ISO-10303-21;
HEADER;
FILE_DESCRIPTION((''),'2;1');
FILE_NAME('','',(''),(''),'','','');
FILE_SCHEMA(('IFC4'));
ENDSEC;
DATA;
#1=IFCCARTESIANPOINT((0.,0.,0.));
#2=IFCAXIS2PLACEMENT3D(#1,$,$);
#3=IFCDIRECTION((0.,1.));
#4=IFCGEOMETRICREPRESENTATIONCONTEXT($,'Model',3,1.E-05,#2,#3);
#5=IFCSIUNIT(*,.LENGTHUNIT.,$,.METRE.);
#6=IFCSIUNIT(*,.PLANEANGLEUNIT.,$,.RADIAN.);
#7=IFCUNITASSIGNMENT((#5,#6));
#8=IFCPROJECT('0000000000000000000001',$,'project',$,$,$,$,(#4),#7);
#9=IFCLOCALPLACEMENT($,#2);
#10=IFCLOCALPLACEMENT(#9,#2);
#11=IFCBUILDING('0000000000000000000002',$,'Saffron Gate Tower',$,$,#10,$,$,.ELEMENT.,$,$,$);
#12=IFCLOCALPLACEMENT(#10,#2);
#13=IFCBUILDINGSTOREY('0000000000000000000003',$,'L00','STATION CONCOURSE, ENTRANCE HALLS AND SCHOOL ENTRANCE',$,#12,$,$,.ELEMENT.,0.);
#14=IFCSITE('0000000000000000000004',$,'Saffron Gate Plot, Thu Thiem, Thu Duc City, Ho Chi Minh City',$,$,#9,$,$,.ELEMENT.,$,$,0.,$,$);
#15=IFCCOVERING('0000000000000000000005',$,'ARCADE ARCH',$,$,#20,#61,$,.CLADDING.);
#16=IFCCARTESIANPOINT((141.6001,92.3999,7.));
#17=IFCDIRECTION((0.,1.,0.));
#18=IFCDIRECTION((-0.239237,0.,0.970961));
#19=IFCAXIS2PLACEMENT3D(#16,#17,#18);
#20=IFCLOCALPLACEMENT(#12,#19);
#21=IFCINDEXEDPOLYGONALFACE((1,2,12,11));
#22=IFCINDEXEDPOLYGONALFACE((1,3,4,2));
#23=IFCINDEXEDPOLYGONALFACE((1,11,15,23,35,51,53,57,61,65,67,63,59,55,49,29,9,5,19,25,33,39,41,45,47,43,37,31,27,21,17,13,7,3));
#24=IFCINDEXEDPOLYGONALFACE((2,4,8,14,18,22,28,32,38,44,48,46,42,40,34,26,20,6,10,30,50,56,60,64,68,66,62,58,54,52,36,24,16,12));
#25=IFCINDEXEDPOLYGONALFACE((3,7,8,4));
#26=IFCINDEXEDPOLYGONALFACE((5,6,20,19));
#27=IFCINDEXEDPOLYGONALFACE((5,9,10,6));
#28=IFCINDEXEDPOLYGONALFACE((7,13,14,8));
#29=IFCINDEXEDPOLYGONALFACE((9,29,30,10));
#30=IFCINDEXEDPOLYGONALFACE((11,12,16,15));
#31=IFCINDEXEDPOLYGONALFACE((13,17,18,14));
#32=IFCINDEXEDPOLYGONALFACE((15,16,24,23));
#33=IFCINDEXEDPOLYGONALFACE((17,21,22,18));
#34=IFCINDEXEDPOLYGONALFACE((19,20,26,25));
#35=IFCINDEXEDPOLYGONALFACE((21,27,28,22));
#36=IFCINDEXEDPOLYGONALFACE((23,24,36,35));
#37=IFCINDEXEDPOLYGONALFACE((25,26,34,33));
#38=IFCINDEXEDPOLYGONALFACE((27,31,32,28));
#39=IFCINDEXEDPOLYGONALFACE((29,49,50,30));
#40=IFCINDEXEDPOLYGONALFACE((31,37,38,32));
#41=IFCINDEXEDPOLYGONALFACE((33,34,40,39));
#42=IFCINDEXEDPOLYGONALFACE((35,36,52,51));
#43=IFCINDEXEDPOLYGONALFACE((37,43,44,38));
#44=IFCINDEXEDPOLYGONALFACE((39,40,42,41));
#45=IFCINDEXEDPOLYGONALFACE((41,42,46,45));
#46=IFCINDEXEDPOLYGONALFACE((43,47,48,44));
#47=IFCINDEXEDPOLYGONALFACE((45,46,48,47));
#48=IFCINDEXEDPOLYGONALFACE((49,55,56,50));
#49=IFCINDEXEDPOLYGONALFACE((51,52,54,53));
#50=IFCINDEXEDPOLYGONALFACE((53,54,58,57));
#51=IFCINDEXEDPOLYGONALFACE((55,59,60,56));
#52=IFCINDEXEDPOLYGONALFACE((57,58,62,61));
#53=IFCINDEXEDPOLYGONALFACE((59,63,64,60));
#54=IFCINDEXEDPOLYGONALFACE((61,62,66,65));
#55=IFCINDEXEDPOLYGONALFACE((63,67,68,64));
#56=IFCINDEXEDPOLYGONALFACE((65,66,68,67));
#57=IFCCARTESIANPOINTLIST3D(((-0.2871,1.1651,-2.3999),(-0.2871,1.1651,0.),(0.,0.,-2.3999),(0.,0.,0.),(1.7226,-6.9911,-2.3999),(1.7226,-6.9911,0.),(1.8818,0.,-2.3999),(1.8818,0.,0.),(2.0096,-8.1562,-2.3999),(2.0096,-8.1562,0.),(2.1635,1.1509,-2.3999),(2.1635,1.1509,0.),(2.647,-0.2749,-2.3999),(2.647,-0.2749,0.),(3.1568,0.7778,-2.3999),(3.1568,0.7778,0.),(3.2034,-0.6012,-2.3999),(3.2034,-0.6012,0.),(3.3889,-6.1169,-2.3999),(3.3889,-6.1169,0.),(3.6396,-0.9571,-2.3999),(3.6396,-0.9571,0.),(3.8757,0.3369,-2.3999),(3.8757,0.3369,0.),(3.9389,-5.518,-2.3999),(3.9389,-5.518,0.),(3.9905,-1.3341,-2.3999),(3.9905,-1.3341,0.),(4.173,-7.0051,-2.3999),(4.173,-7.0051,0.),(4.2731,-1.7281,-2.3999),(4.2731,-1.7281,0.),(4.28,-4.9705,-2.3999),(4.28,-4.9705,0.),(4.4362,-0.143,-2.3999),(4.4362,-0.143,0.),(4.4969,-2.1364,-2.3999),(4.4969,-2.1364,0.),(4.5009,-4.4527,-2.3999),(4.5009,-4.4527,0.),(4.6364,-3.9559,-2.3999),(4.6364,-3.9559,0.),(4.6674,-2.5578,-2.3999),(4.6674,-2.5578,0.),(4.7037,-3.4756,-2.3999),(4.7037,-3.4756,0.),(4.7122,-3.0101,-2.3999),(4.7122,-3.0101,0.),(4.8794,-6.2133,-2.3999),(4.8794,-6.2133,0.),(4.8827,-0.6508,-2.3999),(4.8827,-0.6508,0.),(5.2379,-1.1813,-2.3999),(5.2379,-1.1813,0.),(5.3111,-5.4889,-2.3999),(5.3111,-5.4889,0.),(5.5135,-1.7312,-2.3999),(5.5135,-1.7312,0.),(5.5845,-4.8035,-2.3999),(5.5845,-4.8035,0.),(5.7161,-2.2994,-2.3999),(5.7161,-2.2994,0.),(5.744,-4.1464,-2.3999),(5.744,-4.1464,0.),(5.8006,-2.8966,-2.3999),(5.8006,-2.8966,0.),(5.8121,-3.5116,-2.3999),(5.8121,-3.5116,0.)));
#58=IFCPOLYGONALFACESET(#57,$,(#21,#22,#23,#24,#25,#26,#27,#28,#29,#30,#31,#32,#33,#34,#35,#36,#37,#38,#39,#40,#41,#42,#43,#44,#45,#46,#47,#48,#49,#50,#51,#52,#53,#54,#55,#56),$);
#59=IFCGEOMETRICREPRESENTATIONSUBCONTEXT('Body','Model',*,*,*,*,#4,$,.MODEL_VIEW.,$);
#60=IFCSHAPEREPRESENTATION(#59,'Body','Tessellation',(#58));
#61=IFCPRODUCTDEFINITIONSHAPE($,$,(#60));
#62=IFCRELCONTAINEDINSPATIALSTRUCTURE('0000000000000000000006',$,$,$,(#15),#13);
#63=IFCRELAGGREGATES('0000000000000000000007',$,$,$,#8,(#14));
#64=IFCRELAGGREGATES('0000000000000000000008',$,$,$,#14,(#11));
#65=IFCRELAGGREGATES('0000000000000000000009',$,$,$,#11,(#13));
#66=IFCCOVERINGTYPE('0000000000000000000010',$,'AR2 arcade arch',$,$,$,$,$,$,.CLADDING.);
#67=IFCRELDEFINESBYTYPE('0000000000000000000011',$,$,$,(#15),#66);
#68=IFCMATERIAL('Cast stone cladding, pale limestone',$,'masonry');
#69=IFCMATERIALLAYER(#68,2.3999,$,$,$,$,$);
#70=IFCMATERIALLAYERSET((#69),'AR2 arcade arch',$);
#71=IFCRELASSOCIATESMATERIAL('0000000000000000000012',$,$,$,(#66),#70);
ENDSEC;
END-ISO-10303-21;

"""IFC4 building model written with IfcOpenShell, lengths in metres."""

from ifc_helpers import new_model, si_unit, direction, frame, origin, place, context, subcontext, project, spatial, polyline, outline, extrude, material, layer, layer_set, type_object, element, save


model = new_model("IFC4")

# Units and contexts
model_context = context("Model", 3, precision=1e-05, world=origin(), true_north=direction((0.0, 1.0)))
body_context = subcontext(model_context, "Body", "Model", "MODEL_VIEW")
ifc_project = project(units=[si_unit("LENGTHUNIT", "METRE"), si_unit("PLANEANGLEUNIT", "RADIAN")], contexts=[model_context])

# Site, building, storey
site_placement = place(None, origin())
site = spatial("IfcSite", under=ifc_project, at=site_placement, Name="Saffron Gate Plot, Thu Thiem, Thu Duc City, Ho Chi Minh City", CompositionType="ELEMENT", RefElevation=0.0)
building_placement = place(site_placement, origin())
building = spatial("IfcBuilding", under=site, at=building_placement, Name="Saffron Gate Tower", CompositionType="ELEMENT")
storey_placement = place(building_placement, origin())
storey = spatial("IfcBuildingStorey", under=building, at=storey_placement, Name="L00", Description="STATION CONCOURSE, ENTRANCE HALLS AND SCHOOL ENTRANCE", CompositionType="ELEMENT", Elevation=0.0)

# Covering
ifc_material_1 = material(Name="Cast stone cladding, pale limestone", Category="masonry")
ifc_layer_1 = layer(ifc_material_1, 2.3999)
ifc_layer_set_1 = layer_set([ifc_layer_1], Name="AR2 arcade arch")
covering_type = type_object("IfcCoveringType", Name="AR2 arcade arch", PredefinedType="CLADDING", material=ifc_layer_set_1)
covering_placement = place(storey_placement, frame((141.6001, 92.3999, 7.0), z_axis=(0.0, 1.0, 0.0), x_axis=(-0.239237, 0.0, 0.970961)))
element("IfcCovering", 1, at=covering_placement, inside=storey, type_object=covering_type, Name="ARCADE ARCH", PredefinedType="CLADDING", context=body_context, shape_type="SweptSolid", body=[
    extrude(outline(polyline([(0.0, 0.0), (1.8818, 0.0), (2.647, -0.2749), (3.2034, -0.6012), (3.6396, -0.9571), (3.9905, -1.3341), (4.2731, -1.7281), (4.4969, -2.1364), (4.6674, -2.5578), (4.7122, -3.0101), (4.7037, -3.4756), (4.6364, -3.9559), (4.5009, -4.4527), (4.28, -4.9705), (3.9389, -5.518), (3.3889, -6.1169), (1.7226, -6.9911), (2.0096, -8.1562), (4.173, -7.0051), (4.8794, -6.2133), (5.3111, -5.4889), (5.5845, -4.8035), (5.744, -4.1464), (5.8121, -3.5116), (5.8006, -2.8966), (5.7161, -2.2994), (5.5135, -1.7312), (5.2379, -1.1813), (4.8827, -0.6508), (4.4362, -0.143), (3.8757, 0.3369), (3.1568, 0.7778), (2.1635, 1.1509), (-0.2871, 1.1651), (0.0, 0.0)])), origin(), (0.0, 0.0, -1.0), 2.3999),
])

save(model, "model.ifc")
